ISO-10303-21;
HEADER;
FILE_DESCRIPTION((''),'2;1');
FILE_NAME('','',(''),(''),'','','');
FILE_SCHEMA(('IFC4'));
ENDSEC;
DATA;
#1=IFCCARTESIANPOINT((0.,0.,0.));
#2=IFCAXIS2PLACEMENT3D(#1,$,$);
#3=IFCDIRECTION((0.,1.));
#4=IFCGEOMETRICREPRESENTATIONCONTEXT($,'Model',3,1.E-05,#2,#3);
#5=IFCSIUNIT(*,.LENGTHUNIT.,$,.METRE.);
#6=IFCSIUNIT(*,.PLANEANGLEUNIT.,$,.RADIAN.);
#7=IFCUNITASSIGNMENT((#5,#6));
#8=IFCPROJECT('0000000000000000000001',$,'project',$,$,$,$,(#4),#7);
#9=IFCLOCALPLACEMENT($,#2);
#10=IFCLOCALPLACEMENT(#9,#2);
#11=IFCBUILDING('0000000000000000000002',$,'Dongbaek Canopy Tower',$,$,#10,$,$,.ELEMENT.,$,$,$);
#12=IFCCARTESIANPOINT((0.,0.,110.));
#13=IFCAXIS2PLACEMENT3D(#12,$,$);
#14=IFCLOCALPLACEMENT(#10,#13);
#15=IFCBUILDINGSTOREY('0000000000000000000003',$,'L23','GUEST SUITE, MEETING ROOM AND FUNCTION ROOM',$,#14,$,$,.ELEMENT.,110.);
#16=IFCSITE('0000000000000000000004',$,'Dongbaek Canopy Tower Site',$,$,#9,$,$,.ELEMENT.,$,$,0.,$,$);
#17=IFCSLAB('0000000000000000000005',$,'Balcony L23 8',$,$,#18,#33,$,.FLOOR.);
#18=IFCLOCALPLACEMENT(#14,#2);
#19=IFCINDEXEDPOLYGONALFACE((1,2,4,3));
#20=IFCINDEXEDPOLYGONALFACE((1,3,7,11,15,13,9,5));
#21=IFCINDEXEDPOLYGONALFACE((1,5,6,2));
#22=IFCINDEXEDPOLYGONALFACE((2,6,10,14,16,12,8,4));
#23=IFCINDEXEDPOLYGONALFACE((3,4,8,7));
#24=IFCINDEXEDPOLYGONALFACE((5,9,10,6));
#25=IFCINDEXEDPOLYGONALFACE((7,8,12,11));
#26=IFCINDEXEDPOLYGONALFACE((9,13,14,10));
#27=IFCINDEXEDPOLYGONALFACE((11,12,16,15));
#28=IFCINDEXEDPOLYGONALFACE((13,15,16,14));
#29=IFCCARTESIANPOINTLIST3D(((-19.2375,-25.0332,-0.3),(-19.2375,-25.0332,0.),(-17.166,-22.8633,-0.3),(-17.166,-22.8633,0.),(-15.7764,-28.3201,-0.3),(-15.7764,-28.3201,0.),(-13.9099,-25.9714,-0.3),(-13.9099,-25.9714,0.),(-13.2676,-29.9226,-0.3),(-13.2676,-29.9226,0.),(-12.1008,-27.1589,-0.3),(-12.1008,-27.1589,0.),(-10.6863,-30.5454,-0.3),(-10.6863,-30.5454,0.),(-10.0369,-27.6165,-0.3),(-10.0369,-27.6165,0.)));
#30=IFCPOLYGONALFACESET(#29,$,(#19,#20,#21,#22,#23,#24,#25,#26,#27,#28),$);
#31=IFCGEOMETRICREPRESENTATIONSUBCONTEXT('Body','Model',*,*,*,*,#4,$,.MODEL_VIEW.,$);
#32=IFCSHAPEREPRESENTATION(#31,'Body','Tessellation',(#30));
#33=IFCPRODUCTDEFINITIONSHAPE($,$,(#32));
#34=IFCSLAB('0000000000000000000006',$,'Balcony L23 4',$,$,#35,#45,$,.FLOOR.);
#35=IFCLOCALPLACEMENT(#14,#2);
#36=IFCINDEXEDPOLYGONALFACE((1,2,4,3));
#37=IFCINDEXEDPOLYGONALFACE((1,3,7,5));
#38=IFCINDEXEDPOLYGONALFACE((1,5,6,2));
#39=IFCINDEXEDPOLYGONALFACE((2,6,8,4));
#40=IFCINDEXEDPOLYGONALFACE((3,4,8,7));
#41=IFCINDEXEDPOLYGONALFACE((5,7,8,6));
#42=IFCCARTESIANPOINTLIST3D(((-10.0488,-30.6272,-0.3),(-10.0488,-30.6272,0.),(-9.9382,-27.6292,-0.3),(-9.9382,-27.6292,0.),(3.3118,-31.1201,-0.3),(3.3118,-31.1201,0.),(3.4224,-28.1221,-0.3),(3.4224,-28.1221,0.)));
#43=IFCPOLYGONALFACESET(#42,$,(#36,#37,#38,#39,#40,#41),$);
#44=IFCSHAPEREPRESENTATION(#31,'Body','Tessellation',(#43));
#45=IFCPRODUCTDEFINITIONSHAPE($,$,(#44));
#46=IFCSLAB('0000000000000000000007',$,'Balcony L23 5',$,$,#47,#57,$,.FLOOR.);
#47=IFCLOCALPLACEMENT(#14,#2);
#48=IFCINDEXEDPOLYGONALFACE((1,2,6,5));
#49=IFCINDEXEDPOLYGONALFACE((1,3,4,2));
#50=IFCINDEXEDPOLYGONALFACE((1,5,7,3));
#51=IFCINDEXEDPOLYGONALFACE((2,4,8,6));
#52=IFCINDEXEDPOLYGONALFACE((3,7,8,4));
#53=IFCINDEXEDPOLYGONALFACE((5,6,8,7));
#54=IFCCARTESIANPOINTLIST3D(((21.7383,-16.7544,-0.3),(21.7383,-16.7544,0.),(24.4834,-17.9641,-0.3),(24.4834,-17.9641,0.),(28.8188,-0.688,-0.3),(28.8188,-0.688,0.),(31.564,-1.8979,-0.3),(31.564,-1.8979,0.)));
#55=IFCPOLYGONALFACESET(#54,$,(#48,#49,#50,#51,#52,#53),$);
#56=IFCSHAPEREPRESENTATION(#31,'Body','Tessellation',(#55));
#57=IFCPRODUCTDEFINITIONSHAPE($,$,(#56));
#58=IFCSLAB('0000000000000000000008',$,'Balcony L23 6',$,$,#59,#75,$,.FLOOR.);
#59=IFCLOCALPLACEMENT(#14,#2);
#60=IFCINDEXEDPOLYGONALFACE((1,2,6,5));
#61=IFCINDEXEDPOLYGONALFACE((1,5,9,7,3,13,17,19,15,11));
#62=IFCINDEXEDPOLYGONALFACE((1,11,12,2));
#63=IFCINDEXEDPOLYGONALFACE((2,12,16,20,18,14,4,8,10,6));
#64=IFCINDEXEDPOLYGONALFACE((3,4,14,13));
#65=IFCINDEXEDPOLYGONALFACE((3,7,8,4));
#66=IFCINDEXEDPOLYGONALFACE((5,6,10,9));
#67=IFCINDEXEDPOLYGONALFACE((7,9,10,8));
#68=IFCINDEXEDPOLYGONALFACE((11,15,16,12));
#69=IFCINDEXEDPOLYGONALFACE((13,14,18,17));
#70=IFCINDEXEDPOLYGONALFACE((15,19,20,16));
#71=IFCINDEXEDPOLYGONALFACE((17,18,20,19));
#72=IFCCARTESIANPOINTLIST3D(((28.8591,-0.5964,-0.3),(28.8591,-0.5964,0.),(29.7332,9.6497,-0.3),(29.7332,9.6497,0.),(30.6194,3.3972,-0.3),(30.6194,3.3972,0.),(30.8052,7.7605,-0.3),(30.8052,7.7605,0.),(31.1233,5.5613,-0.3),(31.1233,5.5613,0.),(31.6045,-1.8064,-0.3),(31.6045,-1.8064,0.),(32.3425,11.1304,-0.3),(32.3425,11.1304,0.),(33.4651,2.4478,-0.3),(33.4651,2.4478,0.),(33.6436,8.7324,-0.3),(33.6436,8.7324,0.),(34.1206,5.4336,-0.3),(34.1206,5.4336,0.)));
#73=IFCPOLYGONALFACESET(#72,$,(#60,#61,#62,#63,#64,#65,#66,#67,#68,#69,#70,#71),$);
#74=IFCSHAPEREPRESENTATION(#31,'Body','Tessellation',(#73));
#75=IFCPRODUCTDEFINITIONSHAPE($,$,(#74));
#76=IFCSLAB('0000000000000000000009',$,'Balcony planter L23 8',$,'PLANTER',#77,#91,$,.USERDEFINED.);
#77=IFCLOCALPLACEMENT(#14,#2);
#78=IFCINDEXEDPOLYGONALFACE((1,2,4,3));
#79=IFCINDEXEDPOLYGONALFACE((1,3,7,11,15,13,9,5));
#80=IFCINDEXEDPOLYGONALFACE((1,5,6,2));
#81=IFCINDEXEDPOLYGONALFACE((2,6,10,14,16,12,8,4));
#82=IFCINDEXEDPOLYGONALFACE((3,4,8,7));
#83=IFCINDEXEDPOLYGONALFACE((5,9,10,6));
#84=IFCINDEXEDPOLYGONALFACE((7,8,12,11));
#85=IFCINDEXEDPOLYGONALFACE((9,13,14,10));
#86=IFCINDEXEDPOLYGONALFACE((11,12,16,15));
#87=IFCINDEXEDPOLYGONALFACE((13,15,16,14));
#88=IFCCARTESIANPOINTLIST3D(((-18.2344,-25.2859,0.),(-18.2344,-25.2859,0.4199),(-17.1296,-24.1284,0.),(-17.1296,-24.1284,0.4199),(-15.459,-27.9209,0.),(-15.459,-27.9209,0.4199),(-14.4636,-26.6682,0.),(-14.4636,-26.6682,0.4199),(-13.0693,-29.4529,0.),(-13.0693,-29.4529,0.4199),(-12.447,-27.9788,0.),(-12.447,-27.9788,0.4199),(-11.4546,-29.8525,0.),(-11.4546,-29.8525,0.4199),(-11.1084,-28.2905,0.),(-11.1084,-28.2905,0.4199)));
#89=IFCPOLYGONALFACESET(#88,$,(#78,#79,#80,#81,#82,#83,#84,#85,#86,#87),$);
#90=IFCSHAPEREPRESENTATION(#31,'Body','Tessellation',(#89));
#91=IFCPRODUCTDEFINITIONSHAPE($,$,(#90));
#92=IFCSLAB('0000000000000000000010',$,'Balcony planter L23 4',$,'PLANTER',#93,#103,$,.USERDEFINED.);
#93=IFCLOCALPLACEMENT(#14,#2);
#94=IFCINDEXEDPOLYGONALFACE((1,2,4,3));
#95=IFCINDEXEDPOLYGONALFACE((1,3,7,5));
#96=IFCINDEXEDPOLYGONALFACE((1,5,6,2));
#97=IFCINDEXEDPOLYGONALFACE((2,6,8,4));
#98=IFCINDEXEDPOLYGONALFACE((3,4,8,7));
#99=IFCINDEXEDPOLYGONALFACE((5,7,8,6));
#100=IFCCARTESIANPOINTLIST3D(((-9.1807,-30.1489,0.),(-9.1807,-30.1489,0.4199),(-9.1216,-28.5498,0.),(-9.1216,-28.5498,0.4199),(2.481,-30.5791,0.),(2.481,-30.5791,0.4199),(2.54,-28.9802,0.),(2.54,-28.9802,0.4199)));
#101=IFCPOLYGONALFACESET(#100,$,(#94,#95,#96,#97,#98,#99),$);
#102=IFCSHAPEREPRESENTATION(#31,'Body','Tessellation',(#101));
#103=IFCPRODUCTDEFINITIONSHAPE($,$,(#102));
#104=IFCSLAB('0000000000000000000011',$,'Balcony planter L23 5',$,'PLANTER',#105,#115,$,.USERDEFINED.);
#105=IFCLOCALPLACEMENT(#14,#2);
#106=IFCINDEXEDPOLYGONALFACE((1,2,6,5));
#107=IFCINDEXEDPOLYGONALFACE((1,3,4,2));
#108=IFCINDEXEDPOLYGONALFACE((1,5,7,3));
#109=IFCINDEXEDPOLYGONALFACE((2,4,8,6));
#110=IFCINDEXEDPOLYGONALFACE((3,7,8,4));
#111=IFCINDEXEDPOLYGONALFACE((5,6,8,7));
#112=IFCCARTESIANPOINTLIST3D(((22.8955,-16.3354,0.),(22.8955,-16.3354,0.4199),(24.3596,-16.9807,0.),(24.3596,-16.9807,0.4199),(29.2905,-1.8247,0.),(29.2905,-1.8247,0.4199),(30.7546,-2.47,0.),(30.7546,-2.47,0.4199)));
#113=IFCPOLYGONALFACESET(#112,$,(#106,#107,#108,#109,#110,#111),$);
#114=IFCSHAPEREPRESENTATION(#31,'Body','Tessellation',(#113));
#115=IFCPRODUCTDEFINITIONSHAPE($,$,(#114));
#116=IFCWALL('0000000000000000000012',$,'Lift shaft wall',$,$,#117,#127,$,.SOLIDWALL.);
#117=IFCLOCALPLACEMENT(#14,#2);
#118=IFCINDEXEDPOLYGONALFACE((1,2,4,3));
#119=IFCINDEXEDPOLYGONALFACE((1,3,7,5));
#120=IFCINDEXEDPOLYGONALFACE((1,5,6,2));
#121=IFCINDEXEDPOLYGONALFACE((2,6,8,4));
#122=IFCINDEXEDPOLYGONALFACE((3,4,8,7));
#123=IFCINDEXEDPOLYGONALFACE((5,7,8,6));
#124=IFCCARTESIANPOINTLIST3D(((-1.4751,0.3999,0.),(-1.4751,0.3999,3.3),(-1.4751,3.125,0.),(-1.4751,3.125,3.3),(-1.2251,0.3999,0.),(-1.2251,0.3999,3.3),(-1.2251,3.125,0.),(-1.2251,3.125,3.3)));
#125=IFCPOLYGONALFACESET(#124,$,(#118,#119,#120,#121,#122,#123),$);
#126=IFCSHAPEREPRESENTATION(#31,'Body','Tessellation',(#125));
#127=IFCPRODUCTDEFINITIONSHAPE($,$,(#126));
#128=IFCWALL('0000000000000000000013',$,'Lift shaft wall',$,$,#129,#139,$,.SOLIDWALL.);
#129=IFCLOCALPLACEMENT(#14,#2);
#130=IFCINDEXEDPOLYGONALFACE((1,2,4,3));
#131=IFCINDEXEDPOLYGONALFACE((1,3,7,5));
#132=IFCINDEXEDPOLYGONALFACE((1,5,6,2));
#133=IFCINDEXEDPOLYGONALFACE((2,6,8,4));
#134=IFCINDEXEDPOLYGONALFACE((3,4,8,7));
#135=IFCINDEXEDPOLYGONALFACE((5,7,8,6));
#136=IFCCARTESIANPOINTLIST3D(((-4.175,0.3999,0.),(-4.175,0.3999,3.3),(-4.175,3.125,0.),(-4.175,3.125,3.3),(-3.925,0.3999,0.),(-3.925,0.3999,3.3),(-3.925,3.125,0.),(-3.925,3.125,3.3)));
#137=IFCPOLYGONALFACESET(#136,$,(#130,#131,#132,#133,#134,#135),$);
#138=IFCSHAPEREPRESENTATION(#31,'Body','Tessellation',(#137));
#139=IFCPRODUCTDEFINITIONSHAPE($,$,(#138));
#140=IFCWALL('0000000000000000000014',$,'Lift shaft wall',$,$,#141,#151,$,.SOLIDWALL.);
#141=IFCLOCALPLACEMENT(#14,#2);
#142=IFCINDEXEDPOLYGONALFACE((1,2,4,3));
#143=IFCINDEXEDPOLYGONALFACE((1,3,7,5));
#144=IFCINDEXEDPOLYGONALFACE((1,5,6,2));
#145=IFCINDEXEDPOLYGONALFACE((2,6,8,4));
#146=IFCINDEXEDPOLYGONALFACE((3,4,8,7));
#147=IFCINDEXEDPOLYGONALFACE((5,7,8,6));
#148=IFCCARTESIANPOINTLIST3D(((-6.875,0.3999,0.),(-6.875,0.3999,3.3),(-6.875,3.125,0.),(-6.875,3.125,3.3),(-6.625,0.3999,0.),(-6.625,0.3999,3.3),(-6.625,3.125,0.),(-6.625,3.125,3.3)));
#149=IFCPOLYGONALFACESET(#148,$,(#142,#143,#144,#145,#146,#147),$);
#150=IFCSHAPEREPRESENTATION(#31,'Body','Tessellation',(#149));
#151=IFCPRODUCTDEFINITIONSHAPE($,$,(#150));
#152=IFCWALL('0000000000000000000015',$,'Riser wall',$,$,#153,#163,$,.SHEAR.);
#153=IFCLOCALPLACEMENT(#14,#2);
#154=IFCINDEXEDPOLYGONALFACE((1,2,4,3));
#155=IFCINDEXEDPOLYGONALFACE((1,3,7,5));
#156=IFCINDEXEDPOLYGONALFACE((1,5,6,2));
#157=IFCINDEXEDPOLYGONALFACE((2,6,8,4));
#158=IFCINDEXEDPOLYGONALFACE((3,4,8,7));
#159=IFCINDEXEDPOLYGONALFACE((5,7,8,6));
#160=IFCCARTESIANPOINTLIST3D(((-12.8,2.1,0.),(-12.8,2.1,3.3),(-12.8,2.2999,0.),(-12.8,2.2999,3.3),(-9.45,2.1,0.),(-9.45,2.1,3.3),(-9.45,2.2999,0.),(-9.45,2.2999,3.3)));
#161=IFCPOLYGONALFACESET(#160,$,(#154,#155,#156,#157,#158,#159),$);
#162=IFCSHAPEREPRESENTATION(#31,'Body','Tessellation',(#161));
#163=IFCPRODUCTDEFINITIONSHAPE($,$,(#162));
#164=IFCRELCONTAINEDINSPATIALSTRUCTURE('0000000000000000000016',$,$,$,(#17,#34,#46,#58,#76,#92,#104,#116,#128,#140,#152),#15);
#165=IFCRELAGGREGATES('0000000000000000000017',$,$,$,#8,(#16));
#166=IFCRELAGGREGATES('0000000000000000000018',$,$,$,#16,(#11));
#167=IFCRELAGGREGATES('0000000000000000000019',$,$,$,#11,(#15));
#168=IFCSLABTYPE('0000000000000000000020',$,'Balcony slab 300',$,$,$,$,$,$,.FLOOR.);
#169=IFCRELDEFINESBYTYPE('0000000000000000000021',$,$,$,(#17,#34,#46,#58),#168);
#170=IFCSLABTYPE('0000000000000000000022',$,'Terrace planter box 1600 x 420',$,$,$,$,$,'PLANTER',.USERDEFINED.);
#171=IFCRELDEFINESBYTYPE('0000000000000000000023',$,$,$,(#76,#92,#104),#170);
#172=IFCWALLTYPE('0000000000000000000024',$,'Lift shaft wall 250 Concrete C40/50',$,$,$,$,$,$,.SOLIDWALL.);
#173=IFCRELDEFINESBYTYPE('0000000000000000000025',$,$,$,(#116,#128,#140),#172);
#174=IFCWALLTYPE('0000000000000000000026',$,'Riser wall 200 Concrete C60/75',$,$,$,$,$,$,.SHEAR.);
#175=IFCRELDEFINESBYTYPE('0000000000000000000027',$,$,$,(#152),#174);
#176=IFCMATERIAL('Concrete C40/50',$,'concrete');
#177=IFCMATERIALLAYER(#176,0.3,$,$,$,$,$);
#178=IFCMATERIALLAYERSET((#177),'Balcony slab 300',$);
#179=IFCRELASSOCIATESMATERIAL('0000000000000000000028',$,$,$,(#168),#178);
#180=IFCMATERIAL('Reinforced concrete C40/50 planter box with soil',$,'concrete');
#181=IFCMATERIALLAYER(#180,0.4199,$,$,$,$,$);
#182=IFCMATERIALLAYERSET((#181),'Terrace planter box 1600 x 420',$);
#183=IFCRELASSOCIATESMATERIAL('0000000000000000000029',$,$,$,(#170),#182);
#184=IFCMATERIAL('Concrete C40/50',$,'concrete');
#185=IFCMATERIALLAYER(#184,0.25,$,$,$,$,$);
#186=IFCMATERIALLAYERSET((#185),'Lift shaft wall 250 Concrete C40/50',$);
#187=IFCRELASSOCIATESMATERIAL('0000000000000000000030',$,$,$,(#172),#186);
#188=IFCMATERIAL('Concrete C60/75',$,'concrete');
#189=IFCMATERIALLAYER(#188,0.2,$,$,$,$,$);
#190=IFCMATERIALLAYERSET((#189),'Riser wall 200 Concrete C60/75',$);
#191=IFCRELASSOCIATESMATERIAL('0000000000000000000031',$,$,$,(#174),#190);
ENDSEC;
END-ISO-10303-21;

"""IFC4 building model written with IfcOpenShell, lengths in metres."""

from ifc_helpers import new_model, si_unit, direction, frame, frame_2d, origin, place, context, subcontext, project, spatial, polyline, rectangle, outline, extrude, material, layer, layer_set, type_object, element, save


model = new_model("IFC4")

# Units and contexts
model_context = context("Model", 3, precision=1e-05, world=origin(), true_north=direction((0.0, 1.0)))
body_context = subcontext(model_context, "Body", "Model", "MODEL_VIEW")
ifc_project = project(units=[si_unit("LENGTHUNIT", "METRE"), si_unit("PLANEANGLEUNIT", "RADIAN")], contexts=[model_context])

# Site, building, storey
site_placement = place(None, origin())
site = spatial("IfcSite", under=ifc_project, at=site_placement, Name="Dongbaek Canopy Tower Site", CompositionType="ELEMENT", RefElevation=0.0)
building_placement = place(site_placement, origin())
building = spatial("IfcBuilding", under=site, at=building_placement, Name="Dongbaek Canopy Tower", CompositionType="ELEMENT")
storey_placement = place(building_placement, frame((0.0, 0.0, 110.0)))
storey = spatial("IfcBuildingStorey", under=building, at=storey_placement, Name="L23", Description="GUEST SUITE, MEETING ROOM AND FUNCTION ROOM", CompositionType="ELEMENT", Elevation=110.0)

# Slabs
ifc_material_1 = material(Name="Concrete C40/50", Category="concrete")
ifc_layer_1 = layer(ifc_material_1, 0.3)
ifc_layer_set_1 = layer_set([ifc_layer_1], Name="Balcony slab 300")
slab_type_1 = type_object("IfcSlabType", Name="Balcony slab 300", PredefinedType="FLOOR", material=ifc_layer_set_1)
slab_1_placement = place(storey_placement, frame((0.0, 0.0, -0.3)))
element("IfcSlab", 1, at=slab_1_placement, inside=storey, type_object=slab_type_1, Name="Balcony L23 8", PredefinedType="FLOOR", context=body_context, shape_type="SweptSolid", body=[
    extrude(outline(polyline([(-17.166, -22.8633), (-13.9099, -25.9714), (-12.1008, -27.1589), (-10.0369, -27.6165), (-10.6863, -30.5454), (-13.2676, -29.9226), (-15.7764, -28.3201), (-19.2375, -25.0332), (-17.166, -22.8633)])), origin(), (0.0, 0.0, 1.0), 0.3),
])
slab_2_placement = place(storey_placement, frame((0.0, 0.0, -0.3)))
element("IfcSlab", 2, at=slab_2_placement, inside=storey, type_object=slab_type_1, Name="Balcony L23 4", PredefinedType="FLOOR", context=body_context, shape_type="SweptSolid", body=[
    extrude(outline(polyline([(-9.9382, -27.6292), (3.4224, -28.1221), (3.3118, -31.1201), (-10.0488, -30.6272), (-9.9382, -27.6292)])), origin(), (0.0, 0.0, 1.0), 0.3),
])
slab_3_placement = place(storey_placement, frame((0.0, 0.0, -0.3)))
element("IfcSlab", 3, at=slab_3_placement, inside=storey, type_object=slab_type_1, Name="Balcony L23 5", PredefinedType="FLOOR", context=body_context, shape_type="SweptSolid", body=[
    extrude(outline(polyline([(21.7383, -16.7544), (28.8188, -0.688), (31.564, -1.8979), (24.4834, -17.9641), (21.7383, -16.7544)])), origin(), (0.0, 0.0, 1.0), 0.3),
])
slab_4_placement = place(storey_placement, frame((0.0, 0.0, -0.3)))
element("IfcSlab", 4, at=slab_4_placement, inside=storey, type_object=slab_type_1, Name="Balcony L23 6", PredefinedType="FLOOR", context=body_context, shape_type="SweptSolid", body=[
    extrude(outline(polyline([(28.8591, -0.5964), (30.6194, 3.3972), (31.1233, 5.5613), (30.8052, 7.7605), (29.7332, 9.6497), (32.3425, 11.1304), (33.6436, 8.7324), (34.1206, 5.4336), (33.4651, 2.4478), (31.6045, -1.8064), (28.8591, -0.5964)])), origin(), (0.0, 0.0, 1.0), 0.3),
])
ifc_material_2 = material(Name="Reinforced concrete C40/50 planter box with soil", Category="concrete")
ifc_layer_2 = layer(ifc_material_2, 0.4199)
ifc_layer_set_2 = layer_set([ifc_layer_2], Name="Terrace planter box 1600 x 420")
slab_type_2 = type_object("IfcSlabType", Name="Terrace planter box 1600 x 420", ElementType="PLANTER", PredefinedType="USERDEFINED", material=ifc_layer_set_2)
slab_5_placement = place(storey_placement, origin())
element("IfcSlab", 5, at=slab_5_placement, inside=storey, type_object=slab_type_2, Name="Balcony planter L23 8", ObjectType="PLANTER", PredefinedType="USERDEFINED", context=body_context, shape_type="SweptSolid", body=[
    extrude(outline(polyline([(-17.1296, -24.1284), (-14.4636, -26.6682), (-12.447, -27.9788), (-11.1084, -28.2905), (-11.4546, -29.8525), (-13.0693, -29.4529), (-15.459, -27.9209), (-18.2344, -25.2859), (-17.1296, -24.1284)])), origin(), (0.0, 0.0, 1.0), 0.4199),
])
slab_6_placement = place(storey_placement, origin())
element("IfcSlab", 6, at=slab_6_placement, inside=storey, type_object=slab_type_2, Name="Balcony planter L23 4", ObjectType="PLANTER", PredefinedType="USERDEFINED", context=body_context, shape_type="SweptSolid", body=[
    extrude(outline(polyline([(-9.1216, -28.5498), (2.54, -28.9802), (2.481, -30.5791), (-9.1807, -30.1489), (-9.1216, -28.5498)])), origin(), (0.0, 0.0, 1.0), 0.4199),
])
slab_7_placement = place(storey_placement, origin())
element("IfcSlab", 7, at=slab_7_placement, inside=storey, type_object=slab_type_2, Name="Balcony planter L23 5", ObjectType="PLANTER", PredefinedType="USERDEFINED", context=body_context, shape_type="SweptSolid", body=[
    extrude(outline(polyline([(22.8955, -16.3354), (29.2905, -1.8247), (30.7546, -2.47), (24.3596, -16.9807), (22.8955, -16.3354)])), origin(), (0.0, 0.0, 1.0), 0.4199),
])

# Walls
ifc_material_3 = material(Name="Concrete C40/50", Category="concrete")
ifc_layer_3 = layer(ifc_material_3, 0.25)
ifc_layer_set_3 = layer_set([ifc_layer_3], Name="Lift shaft wall 250 Concrete C40/50")
wall_type_1 = type_object("IfcWallType", Name="Lift shaft wall 250 Concrete C40/50", PredefinedType="SOLIDWALL", material=ifc_layer_set_3)
for number, where, z_axis, x_axis, name in (
    (8, (-1.3501, 0.3999, 0.0), (0.0, 0.0, 1.0), (0.0, 1.0, 0.0), "Lift shaft wall"),
    (9, (-4.05, 0.3999, 0.0), (0.0, 0.0, 1.0), (0.0, 1.0, 0.0), "Lift shaft wall"),
    (10, (-6.75, 0.3999, 0.0), (0.0, 0.0, 1.0), (0.0, 1.0, 0.0), "Lift shaft wall"),
):
    element("IfcWall", number, at=place(storey_placement, frame(where, z_axis=z_axis, x_axis=x_axis)), inside=storey, type_object=wall_type_1, Name=name, PredefinedType="SOLIDWALL", context=body_context, shape_type="SweptSolid", body=[
        extrude(rectangle(XDim=2.7251, YDim=0.25, at=frame_2d((1.3625, 0.0))), origin(), (0.0, 0.0, 1.0), 3.3),
    ])
ifc_material_4 = material(Name="Concrete C60/75", Category="concrete")
ifc_layer_4 = layer(ifc_material_4, 0.2)
ifc_layer_set_4 = layer_set([ifc_layer_4], Name="Riser wall 200 Concrete C60/75")
wall_type_2 = type_object("IfcWallType", Name="Riser wall 200 Concrete C60/75", PredefinedType="SHEAR", material=ifc_layer_set_4)
wall_1_placement = place(storey_placement, frame((-9.45, 2.2, 0.0), z_axis=(0.0, 0.0, 1.0), x_axis=(-1.0, 0.0, 0.0)))
element("IfcWall", 11, at=wall_1_placement, inside=storey, type_object=wall_type_2, Name="Riser wall", PredefinedType="SHEAR", context=body_context, shape_type="SweptSolid", body=[
    extrude(rectangle(XDim=3.3501, YDim=0.2, at=frame_2d((1.675, 0.0))), origin(), (0.0, 0.0, 1.0), 3.3),
])

save(model, "model.ifc")
